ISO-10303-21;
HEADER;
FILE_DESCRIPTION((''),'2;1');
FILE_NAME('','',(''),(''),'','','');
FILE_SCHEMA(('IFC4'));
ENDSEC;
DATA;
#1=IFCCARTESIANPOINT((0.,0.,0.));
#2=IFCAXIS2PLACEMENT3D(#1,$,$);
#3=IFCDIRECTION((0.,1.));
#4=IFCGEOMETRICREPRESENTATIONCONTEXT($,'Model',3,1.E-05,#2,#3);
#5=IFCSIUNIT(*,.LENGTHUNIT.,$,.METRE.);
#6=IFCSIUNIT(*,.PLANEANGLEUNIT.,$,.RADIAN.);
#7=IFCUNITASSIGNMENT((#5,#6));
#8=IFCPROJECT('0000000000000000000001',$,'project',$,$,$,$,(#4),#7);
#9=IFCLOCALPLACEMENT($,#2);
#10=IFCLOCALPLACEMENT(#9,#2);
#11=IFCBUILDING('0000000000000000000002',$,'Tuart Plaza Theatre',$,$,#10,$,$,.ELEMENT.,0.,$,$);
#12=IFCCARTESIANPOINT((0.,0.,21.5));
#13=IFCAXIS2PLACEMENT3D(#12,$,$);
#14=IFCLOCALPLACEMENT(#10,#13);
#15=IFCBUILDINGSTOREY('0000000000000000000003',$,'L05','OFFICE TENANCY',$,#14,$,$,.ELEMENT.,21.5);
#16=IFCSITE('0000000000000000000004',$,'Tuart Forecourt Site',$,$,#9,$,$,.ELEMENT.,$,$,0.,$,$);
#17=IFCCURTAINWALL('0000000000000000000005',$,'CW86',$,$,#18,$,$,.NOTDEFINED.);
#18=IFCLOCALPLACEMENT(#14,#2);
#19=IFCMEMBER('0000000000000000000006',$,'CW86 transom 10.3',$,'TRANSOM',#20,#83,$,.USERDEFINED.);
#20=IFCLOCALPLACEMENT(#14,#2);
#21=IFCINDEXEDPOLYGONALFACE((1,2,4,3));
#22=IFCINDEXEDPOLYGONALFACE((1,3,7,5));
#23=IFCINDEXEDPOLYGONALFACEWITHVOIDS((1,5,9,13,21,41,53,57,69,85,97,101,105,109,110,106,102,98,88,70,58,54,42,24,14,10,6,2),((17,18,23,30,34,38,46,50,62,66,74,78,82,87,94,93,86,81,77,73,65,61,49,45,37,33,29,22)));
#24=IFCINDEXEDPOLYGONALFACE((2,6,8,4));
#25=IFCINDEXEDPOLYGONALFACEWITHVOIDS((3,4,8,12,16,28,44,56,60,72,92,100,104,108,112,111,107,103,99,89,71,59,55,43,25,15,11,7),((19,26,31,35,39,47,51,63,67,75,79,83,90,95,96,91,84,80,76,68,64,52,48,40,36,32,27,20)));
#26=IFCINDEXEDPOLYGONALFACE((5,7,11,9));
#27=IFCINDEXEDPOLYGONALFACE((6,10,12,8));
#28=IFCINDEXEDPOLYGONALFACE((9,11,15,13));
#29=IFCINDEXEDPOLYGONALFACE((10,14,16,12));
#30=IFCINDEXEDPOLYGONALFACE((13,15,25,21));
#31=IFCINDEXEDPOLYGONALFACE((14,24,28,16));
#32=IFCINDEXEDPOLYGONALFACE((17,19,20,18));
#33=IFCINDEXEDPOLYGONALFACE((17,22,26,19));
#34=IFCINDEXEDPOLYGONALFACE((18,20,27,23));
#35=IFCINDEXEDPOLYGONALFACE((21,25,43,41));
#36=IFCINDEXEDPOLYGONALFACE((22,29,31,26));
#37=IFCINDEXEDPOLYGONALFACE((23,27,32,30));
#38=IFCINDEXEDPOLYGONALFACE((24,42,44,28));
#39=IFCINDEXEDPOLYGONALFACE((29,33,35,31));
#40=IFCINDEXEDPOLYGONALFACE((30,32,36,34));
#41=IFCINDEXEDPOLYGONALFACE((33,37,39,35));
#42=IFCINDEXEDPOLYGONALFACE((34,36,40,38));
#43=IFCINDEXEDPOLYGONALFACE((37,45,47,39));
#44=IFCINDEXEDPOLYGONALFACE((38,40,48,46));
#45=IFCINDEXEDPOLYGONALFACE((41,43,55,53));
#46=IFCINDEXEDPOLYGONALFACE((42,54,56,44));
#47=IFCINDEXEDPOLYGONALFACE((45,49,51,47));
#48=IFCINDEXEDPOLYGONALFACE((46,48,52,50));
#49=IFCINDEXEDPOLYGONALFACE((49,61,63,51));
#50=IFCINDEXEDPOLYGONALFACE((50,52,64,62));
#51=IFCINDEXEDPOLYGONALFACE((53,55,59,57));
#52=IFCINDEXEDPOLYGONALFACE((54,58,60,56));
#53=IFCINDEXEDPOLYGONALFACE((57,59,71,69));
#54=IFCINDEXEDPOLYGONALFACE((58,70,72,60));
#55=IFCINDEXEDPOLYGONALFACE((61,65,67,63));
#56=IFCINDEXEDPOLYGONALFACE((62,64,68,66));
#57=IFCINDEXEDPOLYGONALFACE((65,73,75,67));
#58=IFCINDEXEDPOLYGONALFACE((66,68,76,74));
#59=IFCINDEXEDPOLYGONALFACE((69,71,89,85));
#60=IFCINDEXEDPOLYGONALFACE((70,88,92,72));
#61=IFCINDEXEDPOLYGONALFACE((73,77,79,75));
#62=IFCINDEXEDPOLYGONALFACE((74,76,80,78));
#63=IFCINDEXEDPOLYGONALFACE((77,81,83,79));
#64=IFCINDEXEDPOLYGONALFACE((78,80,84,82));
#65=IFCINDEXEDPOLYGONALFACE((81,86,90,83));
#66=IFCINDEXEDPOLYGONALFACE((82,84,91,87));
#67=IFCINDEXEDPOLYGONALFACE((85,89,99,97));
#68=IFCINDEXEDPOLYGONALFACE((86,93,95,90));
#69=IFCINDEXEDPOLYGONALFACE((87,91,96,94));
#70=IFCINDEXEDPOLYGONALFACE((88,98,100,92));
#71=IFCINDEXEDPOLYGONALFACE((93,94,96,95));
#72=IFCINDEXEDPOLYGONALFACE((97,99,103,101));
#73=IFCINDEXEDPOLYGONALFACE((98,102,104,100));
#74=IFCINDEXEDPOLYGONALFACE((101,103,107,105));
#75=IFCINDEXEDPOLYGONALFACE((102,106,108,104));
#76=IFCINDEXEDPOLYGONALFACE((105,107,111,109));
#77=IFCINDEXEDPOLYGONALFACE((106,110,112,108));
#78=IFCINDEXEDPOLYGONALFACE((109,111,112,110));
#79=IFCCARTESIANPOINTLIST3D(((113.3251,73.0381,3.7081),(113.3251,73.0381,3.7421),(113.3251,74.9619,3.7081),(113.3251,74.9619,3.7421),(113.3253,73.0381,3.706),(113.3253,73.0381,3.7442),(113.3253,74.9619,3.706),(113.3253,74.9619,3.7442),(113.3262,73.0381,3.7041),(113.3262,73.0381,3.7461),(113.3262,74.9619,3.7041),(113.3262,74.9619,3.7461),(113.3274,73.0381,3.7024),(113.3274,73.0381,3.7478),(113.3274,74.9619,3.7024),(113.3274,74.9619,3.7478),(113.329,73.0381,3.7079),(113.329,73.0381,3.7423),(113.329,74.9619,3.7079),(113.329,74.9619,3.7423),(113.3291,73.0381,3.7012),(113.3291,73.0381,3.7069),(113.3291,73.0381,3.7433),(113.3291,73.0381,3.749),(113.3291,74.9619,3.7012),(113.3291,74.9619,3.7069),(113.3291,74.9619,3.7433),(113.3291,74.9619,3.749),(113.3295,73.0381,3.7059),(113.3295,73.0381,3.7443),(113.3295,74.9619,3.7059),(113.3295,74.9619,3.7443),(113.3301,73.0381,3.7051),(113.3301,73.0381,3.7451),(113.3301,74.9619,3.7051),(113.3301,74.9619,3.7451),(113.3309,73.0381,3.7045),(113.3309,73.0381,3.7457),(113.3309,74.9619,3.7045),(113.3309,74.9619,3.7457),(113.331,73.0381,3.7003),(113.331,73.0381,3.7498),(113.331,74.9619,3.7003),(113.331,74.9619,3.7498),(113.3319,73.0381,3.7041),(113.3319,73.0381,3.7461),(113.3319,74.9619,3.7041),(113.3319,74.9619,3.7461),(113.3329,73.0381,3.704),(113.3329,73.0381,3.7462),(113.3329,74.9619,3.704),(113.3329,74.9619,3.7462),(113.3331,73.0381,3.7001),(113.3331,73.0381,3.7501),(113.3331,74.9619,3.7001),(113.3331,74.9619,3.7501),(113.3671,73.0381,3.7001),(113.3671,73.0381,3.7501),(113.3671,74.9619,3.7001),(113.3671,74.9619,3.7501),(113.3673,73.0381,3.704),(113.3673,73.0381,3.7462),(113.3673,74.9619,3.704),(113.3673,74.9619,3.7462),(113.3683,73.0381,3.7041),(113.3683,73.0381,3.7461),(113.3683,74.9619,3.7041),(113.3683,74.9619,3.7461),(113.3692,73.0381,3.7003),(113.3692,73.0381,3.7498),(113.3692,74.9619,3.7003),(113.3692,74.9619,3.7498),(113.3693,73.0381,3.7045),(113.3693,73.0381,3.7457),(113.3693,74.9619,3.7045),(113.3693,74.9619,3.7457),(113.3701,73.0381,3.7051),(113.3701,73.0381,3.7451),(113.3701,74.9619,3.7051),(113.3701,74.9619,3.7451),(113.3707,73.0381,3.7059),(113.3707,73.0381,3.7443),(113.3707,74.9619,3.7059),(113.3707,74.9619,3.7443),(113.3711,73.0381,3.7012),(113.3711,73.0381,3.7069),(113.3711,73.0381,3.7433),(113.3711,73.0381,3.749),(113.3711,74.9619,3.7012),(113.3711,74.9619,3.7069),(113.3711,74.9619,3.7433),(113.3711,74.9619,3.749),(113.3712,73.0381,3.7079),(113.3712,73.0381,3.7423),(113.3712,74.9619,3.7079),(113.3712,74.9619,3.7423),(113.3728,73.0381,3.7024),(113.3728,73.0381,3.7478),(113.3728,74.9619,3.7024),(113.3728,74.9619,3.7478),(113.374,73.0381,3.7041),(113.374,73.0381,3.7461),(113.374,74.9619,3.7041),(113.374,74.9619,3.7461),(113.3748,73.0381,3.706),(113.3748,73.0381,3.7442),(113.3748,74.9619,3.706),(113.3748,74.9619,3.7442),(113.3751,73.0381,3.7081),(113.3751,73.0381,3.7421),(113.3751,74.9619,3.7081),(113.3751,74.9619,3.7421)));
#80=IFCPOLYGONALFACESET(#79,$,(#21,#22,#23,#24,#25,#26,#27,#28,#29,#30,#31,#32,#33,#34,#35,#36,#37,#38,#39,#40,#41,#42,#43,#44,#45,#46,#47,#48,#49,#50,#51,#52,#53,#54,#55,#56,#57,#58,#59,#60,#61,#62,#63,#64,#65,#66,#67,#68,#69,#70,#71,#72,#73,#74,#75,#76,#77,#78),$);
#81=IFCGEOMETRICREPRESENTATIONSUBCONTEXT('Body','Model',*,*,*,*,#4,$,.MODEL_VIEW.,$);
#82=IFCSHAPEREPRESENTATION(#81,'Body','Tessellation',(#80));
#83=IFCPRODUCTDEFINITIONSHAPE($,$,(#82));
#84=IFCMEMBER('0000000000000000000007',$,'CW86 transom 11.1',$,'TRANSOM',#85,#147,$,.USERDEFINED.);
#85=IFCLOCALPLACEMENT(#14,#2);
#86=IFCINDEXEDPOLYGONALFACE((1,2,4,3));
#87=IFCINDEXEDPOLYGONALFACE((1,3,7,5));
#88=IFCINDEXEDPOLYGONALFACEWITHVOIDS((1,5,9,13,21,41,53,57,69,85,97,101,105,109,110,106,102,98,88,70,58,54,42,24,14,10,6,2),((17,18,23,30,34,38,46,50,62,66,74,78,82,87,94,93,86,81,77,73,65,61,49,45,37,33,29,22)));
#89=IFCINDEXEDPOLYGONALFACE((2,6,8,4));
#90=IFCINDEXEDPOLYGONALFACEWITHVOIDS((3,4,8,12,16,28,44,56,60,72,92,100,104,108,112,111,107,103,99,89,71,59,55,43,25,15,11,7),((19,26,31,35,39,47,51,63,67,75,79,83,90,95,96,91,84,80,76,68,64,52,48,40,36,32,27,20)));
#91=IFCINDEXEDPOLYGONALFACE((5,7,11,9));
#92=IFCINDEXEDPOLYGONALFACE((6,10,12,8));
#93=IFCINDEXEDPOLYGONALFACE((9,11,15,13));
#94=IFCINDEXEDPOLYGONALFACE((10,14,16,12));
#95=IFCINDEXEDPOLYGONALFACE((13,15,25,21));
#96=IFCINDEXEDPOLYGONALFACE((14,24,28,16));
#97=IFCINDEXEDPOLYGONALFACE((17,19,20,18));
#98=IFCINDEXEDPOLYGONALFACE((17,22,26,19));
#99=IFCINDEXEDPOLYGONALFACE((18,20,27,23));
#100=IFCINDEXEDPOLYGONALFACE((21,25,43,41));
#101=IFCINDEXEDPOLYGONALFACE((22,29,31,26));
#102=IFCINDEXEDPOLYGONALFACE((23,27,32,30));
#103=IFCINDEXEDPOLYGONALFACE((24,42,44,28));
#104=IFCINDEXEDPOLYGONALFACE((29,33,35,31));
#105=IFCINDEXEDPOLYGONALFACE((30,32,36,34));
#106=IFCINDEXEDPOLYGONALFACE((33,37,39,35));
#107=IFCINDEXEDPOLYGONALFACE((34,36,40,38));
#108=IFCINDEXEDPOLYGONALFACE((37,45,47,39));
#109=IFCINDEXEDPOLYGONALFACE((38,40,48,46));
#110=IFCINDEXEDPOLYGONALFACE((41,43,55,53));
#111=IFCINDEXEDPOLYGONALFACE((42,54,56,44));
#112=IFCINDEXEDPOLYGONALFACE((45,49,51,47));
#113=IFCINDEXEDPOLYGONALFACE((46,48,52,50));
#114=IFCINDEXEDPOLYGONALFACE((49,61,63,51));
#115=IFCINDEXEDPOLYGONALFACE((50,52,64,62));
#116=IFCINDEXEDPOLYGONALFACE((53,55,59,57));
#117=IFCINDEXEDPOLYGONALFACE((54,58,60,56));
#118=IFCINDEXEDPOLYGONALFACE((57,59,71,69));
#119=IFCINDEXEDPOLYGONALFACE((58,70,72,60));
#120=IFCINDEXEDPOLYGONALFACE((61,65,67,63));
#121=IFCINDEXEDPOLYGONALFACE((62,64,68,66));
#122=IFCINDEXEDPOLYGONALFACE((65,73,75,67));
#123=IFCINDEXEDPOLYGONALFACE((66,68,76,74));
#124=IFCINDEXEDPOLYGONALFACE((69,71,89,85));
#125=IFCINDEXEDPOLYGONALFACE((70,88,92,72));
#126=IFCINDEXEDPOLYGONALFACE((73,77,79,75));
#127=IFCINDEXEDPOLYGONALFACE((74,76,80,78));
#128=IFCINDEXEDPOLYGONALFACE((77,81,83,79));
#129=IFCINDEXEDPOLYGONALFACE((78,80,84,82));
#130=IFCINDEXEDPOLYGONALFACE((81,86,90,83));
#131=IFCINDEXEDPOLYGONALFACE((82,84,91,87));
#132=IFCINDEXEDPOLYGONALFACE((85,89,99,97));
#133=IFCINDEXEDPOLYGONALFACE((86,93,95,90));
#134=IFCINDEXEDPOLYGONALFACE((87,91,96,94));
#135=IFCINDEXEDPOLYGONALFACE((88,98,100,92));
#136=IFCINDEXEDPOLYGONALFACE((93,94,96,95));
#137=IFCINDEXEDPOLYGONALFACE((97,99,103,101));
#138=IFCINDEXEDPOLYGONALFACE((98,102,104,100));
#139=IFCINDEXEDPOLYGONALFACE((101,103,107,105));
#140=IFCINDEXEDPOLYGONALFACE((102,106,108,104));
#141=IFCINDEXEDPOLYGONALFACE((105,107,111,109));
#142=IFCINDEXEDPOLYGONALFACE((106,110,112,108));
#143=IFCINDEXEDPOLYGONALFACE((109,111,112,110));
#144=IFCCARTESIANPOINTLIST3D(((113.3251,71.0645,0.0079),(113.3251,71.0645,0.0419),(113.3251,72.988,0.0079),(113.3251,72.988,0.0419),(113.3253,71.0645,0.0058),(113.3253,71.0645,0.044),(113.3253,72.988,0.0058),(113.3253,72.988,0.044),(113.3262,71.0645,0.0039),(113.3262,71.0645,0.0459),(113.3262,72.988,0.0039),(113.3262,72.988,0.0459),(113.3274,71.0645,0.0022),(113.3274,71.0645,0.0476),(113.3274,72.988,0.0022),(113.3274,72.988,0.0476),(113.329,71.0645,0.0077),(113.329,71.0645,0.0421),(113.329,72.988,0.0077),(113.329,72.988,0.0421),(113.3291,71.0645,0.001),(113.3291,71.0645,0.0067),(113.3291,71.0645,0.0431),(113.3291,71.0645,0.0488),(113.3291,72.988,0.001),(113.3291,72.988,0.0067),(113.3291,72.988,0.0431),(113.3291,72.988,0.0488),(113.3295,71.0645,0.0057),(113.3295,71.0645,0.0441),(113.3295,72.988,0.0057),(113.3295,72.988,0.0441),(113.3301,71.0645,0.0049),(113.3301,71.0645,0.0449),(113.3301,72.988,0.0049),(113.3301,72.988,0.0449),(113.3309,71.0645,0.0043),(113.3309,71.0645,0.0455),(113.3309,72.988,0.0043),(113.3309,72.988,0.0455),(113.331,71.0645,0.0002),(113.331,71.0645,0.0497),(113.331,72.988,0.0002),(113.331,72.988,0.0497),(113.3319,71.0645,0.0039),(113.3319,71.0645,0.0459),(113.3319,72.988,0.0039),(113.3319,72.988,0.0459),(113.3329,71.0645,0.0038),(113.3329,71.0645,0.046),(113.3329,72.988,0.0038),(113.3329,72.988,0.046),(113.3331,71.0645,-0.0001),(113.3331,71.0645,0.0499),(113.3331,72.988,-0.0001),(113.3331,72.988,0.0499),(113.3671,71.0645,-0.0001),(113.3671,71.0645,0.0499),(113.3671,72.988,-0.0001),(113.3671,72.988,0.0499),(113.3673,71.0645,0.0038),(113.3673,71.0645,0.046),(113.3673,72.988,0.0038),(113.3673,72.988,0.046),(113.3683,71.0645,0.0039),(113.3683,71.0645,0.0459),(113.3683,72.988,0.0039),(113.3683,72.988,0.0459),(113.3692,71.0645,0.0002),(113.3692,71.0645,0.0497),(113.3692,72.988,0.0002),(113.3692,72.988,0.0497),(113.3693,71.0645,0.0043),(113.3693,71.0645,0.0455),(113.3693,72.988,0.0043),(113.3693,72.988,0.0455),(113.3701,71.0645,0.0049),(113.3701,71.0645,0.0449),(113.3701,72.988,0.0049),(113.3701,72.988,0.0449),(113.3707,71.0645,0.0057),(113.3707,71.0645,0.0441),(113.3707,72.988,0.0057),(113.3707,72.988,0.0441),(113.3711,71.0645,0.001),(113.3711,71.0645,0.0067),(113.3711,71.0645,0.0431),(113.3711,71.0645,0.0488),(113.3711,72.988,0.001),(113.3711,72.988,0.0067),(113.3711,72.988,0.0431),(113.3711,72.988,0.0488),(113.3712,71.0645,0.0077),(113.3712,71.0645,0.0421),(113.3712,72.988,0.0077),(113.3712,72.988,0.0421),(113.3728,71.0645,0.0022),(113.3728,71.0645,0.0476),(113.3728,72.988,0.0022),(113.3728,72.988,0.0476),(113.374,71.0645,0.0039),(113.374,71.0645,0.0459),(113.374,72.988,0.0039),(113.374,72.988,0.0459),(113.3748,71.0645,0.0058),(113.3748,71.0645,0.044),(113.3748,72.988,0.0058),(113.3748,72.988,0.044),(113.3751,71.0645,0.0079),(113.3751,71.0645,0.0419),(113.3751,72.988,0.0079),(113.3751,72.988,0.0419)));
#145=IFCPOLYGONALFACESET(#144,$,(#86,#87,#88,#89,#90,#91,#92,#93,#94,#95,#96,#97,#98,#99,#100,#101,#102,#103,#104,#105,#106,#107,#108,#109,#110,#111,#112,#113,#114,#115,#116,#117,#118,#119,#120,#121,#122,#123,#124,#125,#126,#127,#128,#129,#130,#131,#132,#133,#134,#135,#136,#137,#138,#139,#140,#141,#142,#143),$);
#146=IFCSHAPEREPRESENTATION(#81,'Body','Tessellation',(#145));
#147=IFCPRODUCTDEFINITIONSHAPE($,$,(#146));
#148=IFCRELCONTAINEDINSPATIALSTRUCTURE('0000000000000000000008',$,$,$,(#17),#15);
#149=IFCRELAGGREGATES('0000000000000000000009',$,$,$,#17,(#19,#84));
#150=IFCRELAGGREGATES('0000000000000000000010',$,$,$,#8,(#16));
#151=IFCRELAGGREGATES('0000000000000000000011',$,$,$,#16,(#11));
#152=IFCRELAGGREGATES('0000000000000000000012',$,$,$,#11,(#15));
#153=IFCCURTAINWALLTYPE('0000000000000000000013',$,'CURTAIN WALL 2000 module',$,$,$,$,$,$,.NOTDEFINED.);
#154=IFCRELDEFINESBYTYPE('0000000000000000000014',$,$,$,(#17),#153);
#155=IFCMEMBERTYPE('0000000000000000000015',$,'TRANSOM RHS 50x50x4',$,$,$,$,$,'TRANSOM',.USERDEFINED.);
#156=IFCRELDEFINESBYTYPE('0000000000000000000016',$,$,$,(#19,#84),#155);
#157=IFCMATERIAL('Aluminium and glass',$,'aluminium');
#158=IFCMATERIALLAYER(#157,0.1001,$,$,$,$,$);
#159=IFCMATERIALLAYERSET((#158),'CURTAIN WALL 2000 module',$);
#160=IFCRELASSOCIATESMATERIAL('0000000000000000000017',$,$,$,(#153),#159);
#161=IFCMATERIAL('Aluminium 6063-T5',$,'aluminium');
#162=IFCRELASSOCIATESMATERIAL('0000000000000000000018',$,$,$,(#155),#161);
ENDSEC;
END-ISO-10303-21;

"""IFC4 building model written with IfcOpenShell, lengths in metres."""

from ifc_helpers import new_model, si_unit, direction, frame, origin, origin_2d, place, context, subcontext, project, spatial, hollow_rectangle, extrude, material, layer, layer_set, material_profile, profile_set, type_object, element, aggregate, save


model = new_model("IFC4")

# Units and contexts
model_context = context("Model", 3, precision=1e-05, world=origin(), true_north=direction((0.0, 1.0)))
body_context = subcontext(model_context, "Body", "Model", "MODEL_VIEW")
ifc_project = project(units=[si_unit("LENGTHUNIT", "METRE"), si_unit("PLANEANGLEUNIT", "RADIAN")], contexts=[model_context])

# Site, building, storey
site_placement = place(None, origin())
site = spatial("IfcSite", under=ifc_project, at=site_placement, Name="Tuart Forecourt Site", CompositionType="ELEMENT", RefElevation=0.0)
building_placement = place(site_placement, origin())
building = spatial("IfcBuilding", under=site, at=building_placement, Name="Tuart Plaza Theatre", CompositionType="ELEMENT", ElevationOfRefHeight=0.0)
storey_placement = place(building_placement, frame((0.0, 0.0, 21.5)))
storey = spatial("IfcBuildingStorey", under=building, at=storey_placement, Name="L05", Description="OFFICE TENANCY", CompositionType="ELEMENT", Elevation=21.5)

# Curtain wall, members
ifc_material_1 = material(Name="Aluminium and glass", Category="aluminium")
ifc_layer_1 = layer(ifc_material_1, 0.1001)
ifc_layer_set_1 = layer_set([ifc_layer_1], Name="CURTAIN WALL 2000 module")
curtain_wall_type = type_object("IfcCurtainWallType", Name="CURTAIN WALL 2000 module", PredefinedType="NOTDEFINED", material=ifc_layer_set_1)
curtain_wall_placement = place(storey_placement, origin())
curtain_wall = element("IfcCurtainWall", 1, at=curtain_wall_placement, inside=storey, type_object=curtain_wall_type, Name="CW86", PredefinedType="NOTDEFINED")
ifc_material_2 = material(Name="Aluminium 6063-T5", Category="aluminium")
ifc_material_profile_1 = material_profile(ifc_material_2, hollow_rectangle(XDim=0.05, YDim=0.05, WallThickness=0.0039, InnerFilletRadius=0.0039, OuterFilletRadius=0.0081, at=origin_2d()), Name="RHS 50x50x4")
ifc_profile_set_1 = profile_set([ifc_material_profile_1], Name="Aluminium 6063-T5")
member_type_1 = type_object("IfcMemberType", Name="TRANSOM RHS 50x50x4", ElementType="TRANSOM", PredefinedType="USERDEFINED", material=ifc_profile_set_1)
member_1_placement = place(storey_placement, frame((113.3501, 74.9619, 3.7251), z_axis=(0.0, -1.0, 0.0), x_axis=(1.0, 0.0, 0.0)))
member_1 = element("IfcMember", 2, at=member_1_placement, type_object=member_type_1, Name="CW86 transom 10.3", ObjectType="TRANSOM", PredefinedType="USERDEFINED", context=body_context, shape_type="SweptSolid", body=[
    extrude(hollow_rectangle(XDim=0.05, YDim=0.05, WallThickness=0.0039, InnerFilletRadius=0.0039, OuterFilletRadius=0.0081, at=origin_2d()), origin(), (0.0, 0.0, 1.0), 1.9238),
])
member_2_placement = place(storey_placement, frame((113.3501, 72.988, 0.0249), z_axis=(0.0, -1.0, 0.0), x_axis=(1.0, 0.0, 0.0)))
member_2 = element("IfcMember", 3, at=member_2_placement, type_object=member_type_1, Name="CW86 transom 11.1", ObjectType="TRANSOM", PredefinedType="USERDEFINED", context=body_context, shape_type="SweptSolid", body=[
    extrude(hollow_rectangle(XDim=0.05, YDim=0.05, WallThickness=0.0039, InnerFilletRadius=0.0039, OuterFilletRadius=0.0081, at=origin_2d()), origin(), (0.0, 0.0, 1.0), 1.9236),
])
aggregate(curtain_wall, [member_1, member_2])

save(model, "model.ifc")
